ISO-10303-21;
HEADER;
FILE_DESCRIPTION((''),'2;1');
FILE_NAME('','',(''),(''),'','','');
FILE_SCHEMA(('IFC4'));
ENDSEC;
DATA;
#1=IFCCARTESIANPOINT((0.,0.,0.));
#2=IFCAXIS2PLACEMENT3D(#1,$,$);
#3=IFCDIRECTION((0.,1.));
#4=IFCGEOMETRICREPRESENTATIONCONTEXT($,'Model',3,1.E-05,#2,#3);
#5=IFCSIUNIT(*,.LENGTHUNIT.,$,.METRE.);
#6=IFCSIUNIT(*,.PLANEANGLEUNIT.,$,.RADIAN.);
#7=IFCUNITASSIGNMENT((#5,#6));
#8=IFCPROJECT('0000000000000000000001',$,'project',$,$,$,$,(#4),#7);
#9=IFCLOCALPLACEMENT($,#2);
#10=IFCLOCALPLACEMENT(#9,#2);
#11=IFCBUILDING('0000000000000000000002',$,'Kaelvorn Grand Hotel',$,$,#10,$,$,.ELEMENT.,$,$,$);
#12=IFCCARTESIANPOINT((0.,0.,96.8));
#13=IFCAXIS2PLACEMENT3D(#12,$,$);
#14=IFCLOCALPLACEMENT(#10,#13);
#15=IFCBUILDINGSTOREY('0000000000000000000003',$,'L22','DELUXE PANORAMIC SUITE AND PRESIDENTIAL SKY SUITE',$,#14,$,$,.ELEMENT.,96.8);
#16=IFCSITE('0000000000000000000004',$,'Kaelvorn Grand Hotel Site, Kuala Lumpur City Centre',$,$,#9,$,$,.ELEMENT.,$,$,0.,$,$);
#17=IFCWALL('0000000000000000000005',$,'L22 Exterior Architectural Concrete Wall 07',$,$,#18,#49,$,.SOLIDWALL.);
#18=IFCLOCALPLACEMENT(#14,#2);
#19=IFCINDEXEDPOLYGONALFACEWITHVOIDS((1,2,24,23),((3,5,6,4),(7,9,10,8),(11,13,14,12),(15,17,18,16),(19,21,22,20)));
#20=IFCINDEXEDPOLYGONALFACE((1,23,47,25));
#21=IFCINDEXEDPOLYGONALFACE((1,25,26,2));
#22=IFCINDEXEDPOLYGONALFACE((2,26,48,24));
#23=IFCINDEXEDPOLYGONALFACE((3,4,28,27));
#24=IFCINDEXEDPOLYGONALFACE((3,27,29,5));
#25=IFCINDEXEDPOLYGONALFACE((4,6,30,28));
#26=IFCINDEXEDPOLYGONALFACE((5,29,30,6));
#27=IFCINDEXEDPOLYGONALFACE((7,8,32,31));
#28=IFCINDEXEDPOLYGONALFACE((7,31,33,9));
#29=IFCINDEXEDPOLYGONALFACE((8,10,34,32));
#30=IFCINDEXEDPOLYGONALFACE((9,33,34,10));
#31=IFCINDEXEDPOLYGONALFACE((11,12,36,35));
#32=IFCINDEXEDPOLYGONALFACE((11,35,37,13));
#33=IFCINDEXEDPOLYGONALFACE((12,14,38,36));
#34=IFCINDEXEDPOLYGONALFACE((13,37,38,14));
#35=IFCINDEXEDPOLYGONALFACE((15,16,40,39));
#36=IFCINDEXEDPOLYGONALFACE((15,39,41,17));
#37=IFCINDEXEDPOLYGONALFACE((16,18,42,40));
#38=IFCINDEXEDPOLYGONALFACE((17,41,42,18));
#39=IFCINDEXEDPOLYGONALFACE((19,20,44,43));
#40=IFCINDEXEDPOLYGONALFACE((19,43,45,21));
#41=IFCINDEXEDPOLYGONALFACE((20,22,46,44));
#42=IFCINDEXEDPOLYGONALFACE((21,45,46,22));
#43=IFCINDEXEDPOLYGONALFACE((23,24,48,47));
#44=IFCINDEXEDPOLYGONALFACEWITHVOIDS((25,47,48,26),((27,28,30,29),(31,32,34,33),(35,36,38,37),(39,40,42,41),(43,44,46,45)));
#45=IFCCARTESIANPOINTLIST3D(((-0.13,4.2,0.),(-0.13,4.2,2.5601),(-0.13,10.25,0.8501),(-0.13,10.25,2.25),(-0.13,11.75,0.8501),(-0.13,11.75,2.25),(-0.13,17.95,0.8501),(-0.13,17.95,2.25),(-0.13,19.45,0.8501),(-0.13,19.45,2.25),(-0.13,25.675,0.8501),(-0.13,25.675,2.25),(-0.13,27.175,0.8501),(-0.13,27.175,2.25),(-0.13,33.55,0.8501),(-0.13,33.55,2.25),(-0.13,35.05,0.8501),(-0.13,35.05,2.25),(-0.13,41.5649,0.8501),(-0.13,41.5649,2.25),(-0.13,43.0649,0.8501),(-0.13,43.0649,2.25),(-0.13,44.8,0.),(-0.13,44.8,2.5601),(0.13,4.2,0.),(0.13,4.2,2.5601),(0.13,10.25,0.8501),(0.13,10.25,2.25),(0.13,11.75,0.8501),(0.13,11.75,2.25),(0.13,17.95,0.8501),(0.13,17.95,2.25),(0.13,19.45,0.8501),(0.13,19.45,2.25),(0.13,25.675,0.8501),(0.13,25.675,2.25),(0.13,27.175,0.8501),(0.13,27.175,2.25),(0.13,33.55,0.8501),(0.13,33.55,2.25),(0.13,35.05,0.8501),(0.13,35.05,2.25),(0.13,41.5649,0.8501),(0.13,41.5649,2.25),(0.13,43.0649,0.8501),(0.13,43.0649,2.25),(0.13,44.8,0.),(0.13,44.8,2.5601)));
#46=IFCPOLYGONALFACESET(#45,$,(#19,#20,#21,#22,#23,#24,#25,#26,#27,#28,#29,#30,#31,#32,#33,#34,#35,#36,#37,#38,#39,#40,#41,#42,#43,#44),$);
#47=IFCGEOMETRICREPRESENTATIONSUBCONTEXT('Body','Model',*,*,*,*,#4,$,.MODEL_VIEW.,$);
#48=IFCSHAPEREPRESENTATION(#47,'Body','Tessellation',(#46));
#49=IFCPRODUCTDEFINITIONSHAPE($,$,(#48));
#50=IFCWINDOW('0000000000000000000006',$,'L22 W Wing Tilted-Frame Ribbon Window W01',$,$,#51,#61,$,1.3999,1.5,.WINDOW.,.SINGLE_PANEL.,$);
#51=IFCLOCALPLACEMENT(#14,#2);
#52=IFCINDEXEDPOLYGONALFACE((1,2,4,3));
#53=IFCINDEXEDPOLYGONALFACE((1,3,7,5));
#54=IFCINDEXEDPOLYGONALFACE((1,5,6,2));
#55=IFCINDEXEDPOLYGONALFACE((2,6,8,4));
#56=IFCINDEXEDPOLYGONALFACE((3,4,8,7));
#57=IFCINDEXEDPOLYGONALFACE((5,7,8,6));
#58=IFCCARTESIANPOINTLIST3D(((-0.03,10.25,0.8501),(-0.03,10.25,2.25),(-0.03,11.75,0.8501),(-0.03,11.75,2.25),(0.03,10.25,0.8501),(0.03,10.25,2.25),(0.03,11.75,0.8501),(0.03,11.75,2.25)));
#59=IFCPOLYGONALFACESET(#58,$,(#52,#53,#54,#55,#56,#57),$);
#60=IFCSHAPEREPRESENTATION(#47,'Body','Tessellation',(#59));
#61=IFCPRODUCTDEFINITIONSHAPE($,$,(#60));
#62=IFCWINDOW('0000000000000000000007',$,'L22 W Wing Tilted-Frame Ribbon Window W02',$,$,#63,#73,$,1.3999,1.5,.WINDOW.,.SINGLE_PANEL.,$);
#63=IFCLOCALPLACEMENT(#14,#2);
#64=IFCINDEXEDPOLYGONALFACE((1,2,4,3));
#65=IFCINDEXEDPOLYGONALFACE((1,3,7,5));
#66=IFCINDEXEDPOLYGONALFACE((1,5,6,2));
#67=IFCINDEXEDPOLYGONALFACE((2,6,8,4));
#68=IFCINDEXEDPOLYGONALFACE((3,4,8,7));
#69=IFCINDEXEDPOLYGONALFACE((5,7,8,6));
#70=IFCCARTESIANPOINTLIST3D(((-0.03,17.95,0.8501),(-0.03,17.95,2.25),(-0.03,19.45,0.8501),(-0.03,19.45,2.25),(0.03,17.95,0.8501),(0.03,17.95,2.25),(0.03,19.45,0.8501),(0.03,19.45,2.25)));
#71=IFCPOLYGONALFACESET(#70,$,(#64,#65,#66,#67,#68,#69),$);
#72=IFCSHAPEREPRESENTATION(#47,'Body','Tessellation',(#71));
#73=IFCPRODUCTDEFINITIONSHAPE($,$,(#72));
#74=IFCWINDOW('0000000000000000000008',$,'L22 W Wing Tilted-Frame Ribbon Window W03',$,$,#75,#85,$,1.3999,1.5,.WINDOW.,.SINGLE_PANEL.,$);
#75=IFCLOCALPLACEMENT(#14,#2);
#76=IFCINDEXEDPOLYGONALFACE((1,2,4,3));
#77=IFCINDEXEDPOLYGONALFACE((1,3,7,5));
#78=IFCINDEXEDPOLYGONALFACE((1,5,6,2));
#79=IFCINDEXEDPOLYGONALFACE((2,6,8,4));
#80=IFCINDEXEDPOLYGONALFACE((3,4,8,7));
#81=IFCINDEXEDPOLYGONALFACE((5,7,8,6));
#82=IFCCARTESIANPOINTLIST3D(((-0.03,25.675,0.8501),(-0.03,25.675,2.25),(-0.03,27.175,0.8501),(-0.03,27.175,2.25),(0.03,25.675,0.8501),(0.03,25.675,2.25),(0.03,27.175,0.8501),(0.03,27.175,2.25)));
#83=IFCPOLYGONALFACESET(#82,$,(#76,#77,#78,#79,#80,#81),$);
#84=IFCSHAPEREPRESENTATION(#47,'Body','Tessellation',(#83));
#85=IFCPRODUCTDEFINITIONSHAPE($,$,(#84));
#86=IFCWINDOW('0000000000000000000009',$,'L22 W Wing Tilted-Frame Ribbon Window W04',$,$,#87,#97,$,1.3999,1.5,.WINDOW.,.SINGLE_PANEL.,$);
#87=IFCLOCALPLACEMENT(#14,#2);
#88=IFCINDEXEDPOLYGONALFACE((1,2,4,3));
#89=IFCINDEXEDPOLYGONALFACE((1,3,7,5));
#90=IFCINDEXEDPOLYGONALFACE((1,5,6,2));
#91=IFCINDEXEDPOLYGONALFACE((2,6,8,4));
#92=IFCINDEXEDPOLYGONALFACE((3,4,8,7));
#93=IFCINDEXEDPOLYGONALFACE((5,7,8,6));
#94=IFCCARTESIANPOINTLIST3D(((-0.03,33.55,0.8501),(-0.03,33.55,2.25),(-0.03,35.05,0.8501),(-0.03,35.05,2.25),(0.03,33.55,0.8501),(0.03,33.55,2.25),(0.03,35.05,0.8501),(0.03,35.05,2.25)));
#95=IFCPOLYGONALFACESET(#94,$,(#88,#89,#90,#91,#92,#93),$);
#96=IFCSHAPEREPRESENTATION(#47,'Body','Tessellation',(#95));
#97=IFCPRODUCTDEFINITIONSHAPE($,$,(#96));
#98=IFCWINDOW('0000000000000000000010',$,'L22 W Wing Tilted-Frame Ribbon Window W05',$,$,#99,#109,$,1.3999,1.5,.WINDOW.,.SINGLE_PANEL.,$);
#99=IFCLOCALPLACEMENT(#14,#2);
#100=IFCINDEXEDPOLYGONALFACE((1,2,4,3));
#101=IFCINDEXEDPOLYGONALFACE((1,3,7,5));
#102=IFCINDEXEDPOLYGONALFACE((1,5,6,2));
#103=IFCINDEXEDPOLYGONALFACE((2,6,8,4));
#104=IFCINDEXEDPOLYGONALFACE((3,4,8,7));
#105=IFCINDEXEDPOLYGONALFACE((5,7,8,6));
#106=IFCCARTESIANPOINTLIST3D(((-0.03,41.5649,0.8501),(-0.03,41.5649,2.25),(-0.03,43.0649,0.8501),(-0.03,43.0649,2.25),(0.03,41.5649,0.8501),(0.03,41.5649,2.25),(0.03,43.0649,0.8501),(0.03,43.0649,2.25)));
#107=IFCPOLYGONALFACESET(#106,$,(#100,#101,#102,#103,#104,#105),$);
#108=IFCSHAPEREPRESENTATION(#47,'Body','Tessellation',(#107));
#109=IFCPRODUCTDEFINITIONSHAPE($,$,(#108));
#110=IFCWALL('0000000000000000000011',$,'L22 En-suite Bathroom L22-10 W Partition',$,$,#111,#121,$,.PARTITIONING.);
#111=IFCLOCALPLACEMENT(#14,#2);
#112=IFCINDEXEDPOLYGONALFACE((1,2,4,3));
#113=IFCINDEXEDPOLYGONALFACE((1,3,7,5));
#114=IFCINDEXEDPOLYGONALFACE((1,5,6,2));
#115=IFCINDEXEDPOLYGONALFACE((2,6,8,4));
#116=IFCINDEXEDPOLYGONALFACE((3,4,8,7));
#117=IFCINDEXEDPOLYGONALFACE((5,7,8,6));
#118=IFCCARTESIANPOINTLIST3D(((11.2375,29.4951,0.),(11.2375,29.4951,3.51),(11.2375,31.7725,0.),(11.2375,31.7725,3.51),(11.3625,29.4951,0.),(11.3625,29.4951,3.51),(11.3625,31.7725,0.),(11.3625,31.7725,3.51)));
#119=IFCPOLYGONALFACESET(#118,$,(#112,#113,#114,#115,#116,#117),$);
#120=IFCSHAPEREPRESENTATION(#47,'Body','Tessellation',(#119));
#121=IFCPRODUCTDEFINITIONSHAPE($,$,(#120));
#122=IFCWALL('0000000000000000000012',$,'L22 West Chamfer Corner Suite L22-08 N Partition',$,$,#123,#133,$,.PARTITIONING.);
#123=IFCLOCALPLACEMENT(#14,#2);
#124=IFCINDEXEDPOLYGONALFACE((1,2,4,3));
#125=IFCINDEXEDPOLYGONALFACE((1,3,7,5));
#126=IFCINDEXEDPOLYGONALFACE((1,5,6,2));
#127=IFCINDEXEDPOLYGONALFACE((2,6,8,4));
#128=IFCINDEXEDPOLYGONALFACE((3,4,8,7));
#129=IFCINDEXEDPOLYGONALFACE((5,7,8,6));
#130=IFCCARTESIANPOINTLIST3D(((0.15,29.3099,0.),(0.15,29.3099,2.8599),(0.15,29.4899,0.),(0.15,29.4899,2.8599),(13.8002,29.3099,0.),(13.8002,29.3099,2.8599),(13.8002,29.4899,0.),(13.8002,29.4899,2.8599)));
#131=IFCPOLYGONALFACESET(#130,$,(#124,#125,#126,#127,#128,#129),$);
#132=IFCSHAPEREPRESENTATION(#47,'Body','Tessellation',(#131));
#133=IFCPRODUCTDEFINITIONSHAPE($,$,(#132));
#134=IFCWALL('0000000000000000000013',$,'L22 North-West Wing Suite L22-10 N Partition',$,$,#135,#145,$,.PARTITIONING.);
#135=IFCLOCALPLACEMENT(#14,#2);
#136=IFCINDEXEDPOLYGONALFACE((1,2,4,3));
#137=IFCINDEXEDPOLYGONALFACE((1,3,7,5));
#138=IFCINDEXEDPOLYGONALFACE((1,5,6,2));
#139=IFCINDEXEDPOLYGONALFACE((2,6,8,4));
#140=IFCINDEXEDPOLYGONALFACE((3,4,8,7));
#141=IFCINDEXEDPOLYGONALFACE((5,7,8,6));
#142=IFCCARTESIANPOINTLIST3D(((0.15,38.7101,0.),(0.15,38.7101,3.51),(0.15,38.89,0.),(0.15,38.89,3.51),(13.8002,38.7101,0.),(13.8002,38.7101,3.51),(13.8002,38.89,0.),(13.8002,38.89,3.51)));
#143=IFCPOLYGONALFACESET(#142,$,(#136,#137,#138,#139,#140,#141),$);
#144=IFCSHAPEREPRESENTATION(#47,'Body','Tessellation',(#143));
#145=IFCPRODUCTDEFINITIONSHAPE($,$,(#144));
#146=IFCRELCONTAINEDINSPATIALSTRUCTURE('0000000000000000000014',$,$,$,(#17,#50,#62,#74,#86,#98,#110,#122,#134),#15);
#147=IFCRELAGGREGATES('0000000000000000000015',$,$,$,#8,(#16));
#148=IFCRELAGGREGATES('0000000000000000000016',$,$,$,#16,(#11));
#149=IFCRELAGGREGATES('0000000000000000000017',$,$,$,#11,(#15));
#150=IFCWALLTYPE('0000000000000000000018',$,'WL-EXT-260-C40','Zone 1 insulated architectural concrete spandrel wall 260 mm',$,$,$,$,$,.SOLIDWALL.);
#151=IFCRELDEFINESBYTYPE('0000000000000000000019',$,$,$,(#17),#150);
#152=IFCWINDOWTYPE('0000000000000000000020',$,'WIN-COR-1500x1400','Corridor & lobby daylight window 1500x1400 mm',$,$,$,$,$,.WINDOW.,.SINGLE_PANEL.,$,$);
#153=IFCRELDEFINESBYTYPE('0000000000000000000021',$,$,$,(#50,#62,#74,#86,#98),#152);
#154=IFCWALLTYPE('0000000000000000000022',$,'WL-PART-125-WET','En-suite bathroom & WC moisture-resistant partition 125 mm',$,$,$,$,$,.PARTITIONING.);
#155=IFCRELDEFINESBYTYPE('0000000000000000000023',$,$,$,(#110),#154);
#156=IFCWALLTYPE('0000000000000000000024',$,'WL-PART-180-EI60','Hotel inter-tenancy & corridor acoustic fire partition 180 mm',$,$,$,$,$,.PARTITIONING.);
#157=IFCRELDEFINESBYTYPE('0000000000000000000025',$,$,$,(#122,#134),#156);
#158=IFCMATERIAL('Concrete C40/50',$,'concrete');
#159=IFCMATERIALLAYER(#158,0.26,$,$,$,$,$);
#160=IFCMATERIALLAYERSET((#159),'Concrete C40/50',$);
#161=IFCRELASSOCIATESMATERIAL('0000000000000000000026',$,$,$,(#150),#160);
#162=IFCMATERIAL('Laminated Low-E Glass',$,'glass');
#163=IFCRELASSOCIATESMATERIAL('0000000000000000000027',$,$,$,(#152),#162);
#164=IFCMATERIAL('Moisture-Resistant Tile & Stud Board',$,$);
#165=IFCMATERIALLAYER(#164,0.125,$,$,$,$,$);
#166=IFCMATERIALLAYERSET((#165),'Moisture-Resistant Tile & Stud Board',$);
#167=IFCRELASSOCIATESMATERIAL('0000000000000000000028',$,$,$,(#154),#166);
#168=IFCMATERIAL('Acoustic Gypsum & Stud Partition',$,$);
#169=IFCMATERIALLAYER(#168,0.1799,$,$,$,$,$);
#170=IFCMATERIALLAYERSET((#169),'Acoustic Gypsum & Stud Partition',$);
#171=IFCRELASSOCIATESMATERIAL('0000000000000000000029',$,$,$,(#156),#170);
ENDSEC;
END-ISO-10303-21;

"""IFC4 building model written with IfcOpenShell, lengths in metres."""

from ifc_helpers import new_model, si_unit, direction, frame, frame_2d, origin, place, context, subcontext, project, spatial, rectangle, extrude, material, layer, layer_set, type_object, element, fill, save


model = new_model("IFC4")

# Units and contexts
model_context = context("Model", 3, precision=1e-05, world=origin(), true_north=direction((0.0, 1.0)))
body_context = subcontext(model_context, "Body", "Model", "MODEL_VIEW")
ifc_project = project(units=[si_unit("LENGTHUNIT", "METRE"), si_unit("PLANEANGLEUNIT", "RADIAN")], contexts=[model_context])

# Site, building, storey
site_placement = place(None, origin())
site = spatial("IfcSite", under=ifc_project, at=site_placement, Name="Kaelvorn Grand Hotel Site, Kuala Lumpur City Centre", CompositionType="ELEMENT", RefElevation=0.0)
building_placement = place(site_placement, origin())
building = spatial("IfcBuilding", under=site, at=building_placement, Name="Kaelvorn Grand Hotel", CompositionType="ELEMENT")
storey_placement = place(building_placement, frame((0.0, 0.0, 96.8)))
storey = spatial("IfcBuildingStorey", under=building, at=storey_placement, Name="L22", Description="DELUXE PANORAMIC SUITE AND PRESIDENTIAL SKY SUITE", CompositionType="ELEMENT", Elevation=96.8)

# Shared definitions
ifc_material_1 = material(Name="Concrete C40/50", Category="concrete")
ifc_layer_1 = layer(ifc_material_1, 0.26)
ifc_layer_set_1 = layer_set([ifc_layer_1], Name="Concrete C40/50")
wall_type_1 = type_object("IfcWallType", Name="WL-EXT-260-C40", Description="Zone 1 insulated architectural concrete spandrel wall 260 mm", PredefinedType="SOLIDWALL", material=ifc_layer_set_1)

# Wall, openings, windows
wall_1_placement = place(storey_placement, frame((0.0, 44.8, 0.0), z_axis=(0.0, 0.0, 1.0), x_axis=(0.0, -1.0, 0.0)))
wall_1 = element("IfcWall", 1, at=wall_1_placement, inside=storey, type_object=wall_type_1, Name="L22 Exterior Architectural Concrete Wall 07", PredefinedType="SOLIDWALL", context=body_context, shape_type="SweptSolid", body=[
    extrude(rectangle(XDim=40.6001, YDim=0.26, at=frame_2d((20.3, 0.0))), origin(), (0.0, 0.0, 1.0), 2.5601),
])
opening_1_placement = place(wall_1_placement, frame((33.05, 0.0, 0.8501)))
opening_1 = element("IfcOpeningElement", 2, at=opening_1_placement, cuts=wall_1, PredefinedType="OPENING", context=body_context, shape_type="SweptSolid", body=[
    extrude(rectangle(XDim=1.5, YDim=1.3999, at=frame_2d((0.75, 0.7))), frame((0.0, 0.1401, 0.0), z_axis=(0.0, -1.0, 0.0), x_axis=(1.0, 0.0, 0.0)), (0.0, 0.0, 1.0), 0.28),
])
opening_2_placement = place(wall_1_placement, frame((25.3501, 0.0, 0.8501)))
opening_2 = element("IfcOpeningElement", 3, at=opening_2_placement, cuts=wall_1, PredefinedType="OPENING", context=body_context, shape_type="SweptSolid", body=[
    extrude(rectangle(XDim=1.5, YDim=1.3999, at=frame_2d((0.75, 0.7))), frame((0.0, 0.1401, 0.0), z_axis=(0.0, -1.0, 0.0), x_axis=(1.0, 0.0, 0.0)), (0.0, 0.0, 1.0), 0.28),
])
opening_3_placement = place(wall_1_placement, frame((17.625, 0.0, 0.8501)))
opening_3 = element("IfcOpeningElement", 4, at=opening_3_placement, cuts=wall_1, PredefinedType="OPENING", context=body_context, shape_type="SweptSolid", body=[
    extrude(rectangle(XDim=1.5, YDim=1.3999, at=frame_2d((0.75, 0.7))), frame((0.0, 0.1401, 0.0), z_axis=(0.0, -1.0, 0.0), x_axis=(1.0, 0.0, 0.0)), (0.0, 0.0, 1.0), 0.28),
])
opening_4_placement = place(wall_1_placement, frame((9.75, 0.0, 0.8501)))
opening_4 = element("IfcOpeningElement", 5, at=opening_4_placement, cuts=wall_1, PredefinedType="OPENING", context=body_context, shape_type="SweptSolid", body=[
    extrude(rectangle(XDim=1.5, YDim=1.3999, at=frame_2d((0.75, 0.7))), frame((0.0, 0.1401, 0.0), z_axis=(0.0, -1.0, 0.0), x_axis=(1.0, 0.0, 0.0)), (0.0, 0.0, 1.0), 0.28),
])
opening_5_placement = place(wall_1_placement, frame((1.7351, 0.0, 0.8501)))
opening_5 = element("IfcOpeningElement", 6, at=opening_5_placement, cuts=wall_1, PredefinedType="OPENING", context=body_context, shape_type="SweptSolid", body=[
    extrude(rectangle(XDim=1.5, YDim=1.3999, at=frame_2d((0.75, 0.7))), frame((0.0, 0.1401, 0.0), z_axis=(0.0, -1.0, 0.0), x_axis=(1.0, 0.0, 0.0)), (0.0, 0.0, 1.0), 0.28),
])
ifc_material_2 = material(Name="Laminated Low-E Glass", Category="glass")
window_type = type_object("IfcWindowType", Name="WIN-COR-1500x1400", Description="Corridor & lobby daylight window 1500x1400 mm", PartitioningType="SINGLE_PANEL", PredefinedType="WINDOW", material=ifc_material_2)
window_1_placement = place(opening_1_placement, origin())
window_1 = element("IfcWindow", 7, at=window_1_placement, inside=storey, type_object=window_type, Name="L22 W Wing Tilted-Frame Ribbon Window W01", OverallHeight=1.3999, OverallWidth=1.5, PartitioningType="SINGLE_PANEL", PredefinedType="WINDOW", context=body_context, shape_type="SweptSolid", body=[
    extrude(rectangle(XDim=1.5, YDim=1.3999, at=frame_2d((0.75, 0.7))), frame((0.0, 0.03, 0.0), z_axis=(0.0, -1.0, 0.0), x_axis=(1.0, 0.0, 0.0)), (0.0, 0.0, 1.0), 0.0601),
])
fill(opening_1, window_1)
window_2_placement = place(opening_2_placement, origin())
window_2 = element("IfcWindow", 8, at=window_2_placement, inside=storey, type_object=window_type, Name="L22 W Wing Tilted-Frame Ribbon Window W02", OverallHeight=1.3999, OverallWidth=1.5, PartitioningType="SINGLE_PANEL", PredefinedType="WINDOW", context=body_context, shape_type="SweptSolid", body=[
    extrude(rectangle(XDim=1.5, YDim=1.3999, at=frame_2d((0.75, 0.7))), frame((0.0, 0.03, 0.0), z_axis=(0.0, -1.0, 0.0), x_axis=(1.0, 0.0, 0.0)), (0.0, 0.0, 1.0), 0.0601),
])
fill(opening_2, window_2)
window_3_placement = place(opening_3_placement, origin())
window_3 = element("IfcWindow", 9, at=window_3_placement, inside=storey, type_object=window_type, Name="L22 W Wing Tilted-Frame Ribbon Window W03", OverallHeight=1.3999, OverallWidth=1.5, PartitioningType="SINGLE_PANEL", PredefinedType="WINDOW", context=body_context, shape_type="SweptSolid", body=[
    extrude(rectangle(XDim=1.5, YDim=1.3999, at=frame_2d((0.75, 0.7))), frame((0.0, 0.03, 0.0), z_axis=(0.0, -1.0, 0.0), x_axis=(1.0, 0.0, 0.0)), (0.0, 0.0, 1.0), 0.0601),
])
fill(opening_3, window_3)
window_4_placement = place(opening_4_placement, origin())
window_4 = element("IfcWindow", 10, at=window_4_placement, inside=storey, type_object=window_type, Name="L22 W Wing Tilted-Frame Ribbon Window W04", OverallHeight=1.3999, OverallWidth=1.5, PartitioningType="SINGLE_PANEL", PredefinedType="WINDOW", context=body_context, shape_type="SweptSolid", body=[
    extrude(rectangle(XDim=1.5, YDim=1.3999, at=frame_2d((0.75, 0.7))), frame((0.0, 0.03, 0.0), z_axis=(0.0, -1.0, 0.0), x_axis=(1.0, 0.0, 0.0)), (0.0, 0.0, 1.0), 0.0601),
])
fill(opening_4, window_4)
window_5_placement = place(opening_5_placement, origin())
window_5 = element("IfcWindow", 11, at=window_5_placement, inside=storey, type_object=window_type, Name="L22 W Wing Tilted-Frame Ribbon Window W05", OverallHeight=1.3999, OverallWidth=1.5, PartitioningType="SINGLE_PANEL", PredefinedType="WINDOW", context=body_context, shape_type="SweptSolid", body=[
    extrude(rectangle(XDim=1.5, YDim=1.3999, at=frame_2d((0.75, 0.7))), frame((0.0, 0.03, 0.0), z_axis=(0.0, -1.0, 0.0), x_axis=(1.0, 0.0, 0.0)), (0.0, 0.0, 1.0), 0.0601),
])
fill(opening_5, window_5)

# Walls
ifc_material_3 = material(Name="Moisture-Resistant Tile & Stud Board")
ifc_layer_2 = layer(ifc_material_3, 0.125)
ifc_layer_set_2 = layer_set([ifc_layer_2], Name="Moisture-Resistant Tile & Stud Board")
wall_type_2 = type_object("IfcWallType", Name="WL-PART-125-WET", Description="En-suite bathroom & WC moisture-resistant partition 125 mm", PredefinedType="PARTITIONING", material=ifc_layer_set_2)
wall_2_placement = place(storey_placement, frame((11.3, 29.4951, 0.0), z_axis=(0.0, 0.0, 1.0), x_axis=(0.0, 1.0, 0.0)))
element("IfcWall", 12, at=wall_2_placement, inside=storey, type_object=wall_type_2, Name="L22 En-suite Bathroom L22-10 W Partition", PredefinedType="PARTITIONING", context=body_context, shape_type="SweptSolid", body=[
    extrude(rectangle(XDim=2.2773, YDim=0.125, at=frame_2d((1.1387, 0.0))), origin(), (0.0, 0.0, 1.0), 3.51),
])
ifc_material_4 = material(Name="Acoustic Gypsum & Stud Partition")
ifc_layer_3 = layer(ifc_material_4, 0.1799)
ifc_layer_set_3 = layer_set([ifc_layer_3], Name="Acoustic Gypsum & Stud Partition")
wall_type_3 = type_object("IfcWallType", Name="WL-PART-180-EI60", Description="Hotel inter-tenancy & corridor acoustic fire partition 180 mm", PredefinedType="PARTITIONING", material=ifc_layer_set_3)
wall_3_placement = place(storey_placement, frame((0.1499, 29.3999, 0.0), z_axis=(0.0, 0.0, 1.0), x_axis=(1.0, 0.0, 0.0)))
element("IfcWall", 13, at=wall_3_placement, inside=storey, type_object=wall_type_3, Name="L22 West Chamfer Corner Suite L22-08 N Partition", PredefinedType="PARTITIONING", context=body_context, shape_type="SweptSolid", body=[
    extrude(rectangle(XDim=13.6501, YDim=0.1799, at=frame_2d((6.8252, 0.0))), origin(), (0.0, 0.0, 1.0), 2.8599),
])
wall_4_placement = place(storey_placement, frame((0.1499, 38.8, 0.0), z_axis=(0.0, 0.0, 1.0), x_axis=(1.0, 0.0, 0.0)))
element("IfcWall", 14, at=wall_4_placement, inside=storey, type_object=wall_type_3, Name="L22 North-West Wing Suite L22-10 N Partition", PredefinedType="PARTITIONING", context=body_context, shape_type="SweptSolid", body=[
    extrude(rectangle(XDim=13.6501, YDim=0.1799, at=frame_2d((6.8252, 0.0))), origin(), (0.0, 0.0, 1.0), 3.51),
])

save(model, "model.ifc")
